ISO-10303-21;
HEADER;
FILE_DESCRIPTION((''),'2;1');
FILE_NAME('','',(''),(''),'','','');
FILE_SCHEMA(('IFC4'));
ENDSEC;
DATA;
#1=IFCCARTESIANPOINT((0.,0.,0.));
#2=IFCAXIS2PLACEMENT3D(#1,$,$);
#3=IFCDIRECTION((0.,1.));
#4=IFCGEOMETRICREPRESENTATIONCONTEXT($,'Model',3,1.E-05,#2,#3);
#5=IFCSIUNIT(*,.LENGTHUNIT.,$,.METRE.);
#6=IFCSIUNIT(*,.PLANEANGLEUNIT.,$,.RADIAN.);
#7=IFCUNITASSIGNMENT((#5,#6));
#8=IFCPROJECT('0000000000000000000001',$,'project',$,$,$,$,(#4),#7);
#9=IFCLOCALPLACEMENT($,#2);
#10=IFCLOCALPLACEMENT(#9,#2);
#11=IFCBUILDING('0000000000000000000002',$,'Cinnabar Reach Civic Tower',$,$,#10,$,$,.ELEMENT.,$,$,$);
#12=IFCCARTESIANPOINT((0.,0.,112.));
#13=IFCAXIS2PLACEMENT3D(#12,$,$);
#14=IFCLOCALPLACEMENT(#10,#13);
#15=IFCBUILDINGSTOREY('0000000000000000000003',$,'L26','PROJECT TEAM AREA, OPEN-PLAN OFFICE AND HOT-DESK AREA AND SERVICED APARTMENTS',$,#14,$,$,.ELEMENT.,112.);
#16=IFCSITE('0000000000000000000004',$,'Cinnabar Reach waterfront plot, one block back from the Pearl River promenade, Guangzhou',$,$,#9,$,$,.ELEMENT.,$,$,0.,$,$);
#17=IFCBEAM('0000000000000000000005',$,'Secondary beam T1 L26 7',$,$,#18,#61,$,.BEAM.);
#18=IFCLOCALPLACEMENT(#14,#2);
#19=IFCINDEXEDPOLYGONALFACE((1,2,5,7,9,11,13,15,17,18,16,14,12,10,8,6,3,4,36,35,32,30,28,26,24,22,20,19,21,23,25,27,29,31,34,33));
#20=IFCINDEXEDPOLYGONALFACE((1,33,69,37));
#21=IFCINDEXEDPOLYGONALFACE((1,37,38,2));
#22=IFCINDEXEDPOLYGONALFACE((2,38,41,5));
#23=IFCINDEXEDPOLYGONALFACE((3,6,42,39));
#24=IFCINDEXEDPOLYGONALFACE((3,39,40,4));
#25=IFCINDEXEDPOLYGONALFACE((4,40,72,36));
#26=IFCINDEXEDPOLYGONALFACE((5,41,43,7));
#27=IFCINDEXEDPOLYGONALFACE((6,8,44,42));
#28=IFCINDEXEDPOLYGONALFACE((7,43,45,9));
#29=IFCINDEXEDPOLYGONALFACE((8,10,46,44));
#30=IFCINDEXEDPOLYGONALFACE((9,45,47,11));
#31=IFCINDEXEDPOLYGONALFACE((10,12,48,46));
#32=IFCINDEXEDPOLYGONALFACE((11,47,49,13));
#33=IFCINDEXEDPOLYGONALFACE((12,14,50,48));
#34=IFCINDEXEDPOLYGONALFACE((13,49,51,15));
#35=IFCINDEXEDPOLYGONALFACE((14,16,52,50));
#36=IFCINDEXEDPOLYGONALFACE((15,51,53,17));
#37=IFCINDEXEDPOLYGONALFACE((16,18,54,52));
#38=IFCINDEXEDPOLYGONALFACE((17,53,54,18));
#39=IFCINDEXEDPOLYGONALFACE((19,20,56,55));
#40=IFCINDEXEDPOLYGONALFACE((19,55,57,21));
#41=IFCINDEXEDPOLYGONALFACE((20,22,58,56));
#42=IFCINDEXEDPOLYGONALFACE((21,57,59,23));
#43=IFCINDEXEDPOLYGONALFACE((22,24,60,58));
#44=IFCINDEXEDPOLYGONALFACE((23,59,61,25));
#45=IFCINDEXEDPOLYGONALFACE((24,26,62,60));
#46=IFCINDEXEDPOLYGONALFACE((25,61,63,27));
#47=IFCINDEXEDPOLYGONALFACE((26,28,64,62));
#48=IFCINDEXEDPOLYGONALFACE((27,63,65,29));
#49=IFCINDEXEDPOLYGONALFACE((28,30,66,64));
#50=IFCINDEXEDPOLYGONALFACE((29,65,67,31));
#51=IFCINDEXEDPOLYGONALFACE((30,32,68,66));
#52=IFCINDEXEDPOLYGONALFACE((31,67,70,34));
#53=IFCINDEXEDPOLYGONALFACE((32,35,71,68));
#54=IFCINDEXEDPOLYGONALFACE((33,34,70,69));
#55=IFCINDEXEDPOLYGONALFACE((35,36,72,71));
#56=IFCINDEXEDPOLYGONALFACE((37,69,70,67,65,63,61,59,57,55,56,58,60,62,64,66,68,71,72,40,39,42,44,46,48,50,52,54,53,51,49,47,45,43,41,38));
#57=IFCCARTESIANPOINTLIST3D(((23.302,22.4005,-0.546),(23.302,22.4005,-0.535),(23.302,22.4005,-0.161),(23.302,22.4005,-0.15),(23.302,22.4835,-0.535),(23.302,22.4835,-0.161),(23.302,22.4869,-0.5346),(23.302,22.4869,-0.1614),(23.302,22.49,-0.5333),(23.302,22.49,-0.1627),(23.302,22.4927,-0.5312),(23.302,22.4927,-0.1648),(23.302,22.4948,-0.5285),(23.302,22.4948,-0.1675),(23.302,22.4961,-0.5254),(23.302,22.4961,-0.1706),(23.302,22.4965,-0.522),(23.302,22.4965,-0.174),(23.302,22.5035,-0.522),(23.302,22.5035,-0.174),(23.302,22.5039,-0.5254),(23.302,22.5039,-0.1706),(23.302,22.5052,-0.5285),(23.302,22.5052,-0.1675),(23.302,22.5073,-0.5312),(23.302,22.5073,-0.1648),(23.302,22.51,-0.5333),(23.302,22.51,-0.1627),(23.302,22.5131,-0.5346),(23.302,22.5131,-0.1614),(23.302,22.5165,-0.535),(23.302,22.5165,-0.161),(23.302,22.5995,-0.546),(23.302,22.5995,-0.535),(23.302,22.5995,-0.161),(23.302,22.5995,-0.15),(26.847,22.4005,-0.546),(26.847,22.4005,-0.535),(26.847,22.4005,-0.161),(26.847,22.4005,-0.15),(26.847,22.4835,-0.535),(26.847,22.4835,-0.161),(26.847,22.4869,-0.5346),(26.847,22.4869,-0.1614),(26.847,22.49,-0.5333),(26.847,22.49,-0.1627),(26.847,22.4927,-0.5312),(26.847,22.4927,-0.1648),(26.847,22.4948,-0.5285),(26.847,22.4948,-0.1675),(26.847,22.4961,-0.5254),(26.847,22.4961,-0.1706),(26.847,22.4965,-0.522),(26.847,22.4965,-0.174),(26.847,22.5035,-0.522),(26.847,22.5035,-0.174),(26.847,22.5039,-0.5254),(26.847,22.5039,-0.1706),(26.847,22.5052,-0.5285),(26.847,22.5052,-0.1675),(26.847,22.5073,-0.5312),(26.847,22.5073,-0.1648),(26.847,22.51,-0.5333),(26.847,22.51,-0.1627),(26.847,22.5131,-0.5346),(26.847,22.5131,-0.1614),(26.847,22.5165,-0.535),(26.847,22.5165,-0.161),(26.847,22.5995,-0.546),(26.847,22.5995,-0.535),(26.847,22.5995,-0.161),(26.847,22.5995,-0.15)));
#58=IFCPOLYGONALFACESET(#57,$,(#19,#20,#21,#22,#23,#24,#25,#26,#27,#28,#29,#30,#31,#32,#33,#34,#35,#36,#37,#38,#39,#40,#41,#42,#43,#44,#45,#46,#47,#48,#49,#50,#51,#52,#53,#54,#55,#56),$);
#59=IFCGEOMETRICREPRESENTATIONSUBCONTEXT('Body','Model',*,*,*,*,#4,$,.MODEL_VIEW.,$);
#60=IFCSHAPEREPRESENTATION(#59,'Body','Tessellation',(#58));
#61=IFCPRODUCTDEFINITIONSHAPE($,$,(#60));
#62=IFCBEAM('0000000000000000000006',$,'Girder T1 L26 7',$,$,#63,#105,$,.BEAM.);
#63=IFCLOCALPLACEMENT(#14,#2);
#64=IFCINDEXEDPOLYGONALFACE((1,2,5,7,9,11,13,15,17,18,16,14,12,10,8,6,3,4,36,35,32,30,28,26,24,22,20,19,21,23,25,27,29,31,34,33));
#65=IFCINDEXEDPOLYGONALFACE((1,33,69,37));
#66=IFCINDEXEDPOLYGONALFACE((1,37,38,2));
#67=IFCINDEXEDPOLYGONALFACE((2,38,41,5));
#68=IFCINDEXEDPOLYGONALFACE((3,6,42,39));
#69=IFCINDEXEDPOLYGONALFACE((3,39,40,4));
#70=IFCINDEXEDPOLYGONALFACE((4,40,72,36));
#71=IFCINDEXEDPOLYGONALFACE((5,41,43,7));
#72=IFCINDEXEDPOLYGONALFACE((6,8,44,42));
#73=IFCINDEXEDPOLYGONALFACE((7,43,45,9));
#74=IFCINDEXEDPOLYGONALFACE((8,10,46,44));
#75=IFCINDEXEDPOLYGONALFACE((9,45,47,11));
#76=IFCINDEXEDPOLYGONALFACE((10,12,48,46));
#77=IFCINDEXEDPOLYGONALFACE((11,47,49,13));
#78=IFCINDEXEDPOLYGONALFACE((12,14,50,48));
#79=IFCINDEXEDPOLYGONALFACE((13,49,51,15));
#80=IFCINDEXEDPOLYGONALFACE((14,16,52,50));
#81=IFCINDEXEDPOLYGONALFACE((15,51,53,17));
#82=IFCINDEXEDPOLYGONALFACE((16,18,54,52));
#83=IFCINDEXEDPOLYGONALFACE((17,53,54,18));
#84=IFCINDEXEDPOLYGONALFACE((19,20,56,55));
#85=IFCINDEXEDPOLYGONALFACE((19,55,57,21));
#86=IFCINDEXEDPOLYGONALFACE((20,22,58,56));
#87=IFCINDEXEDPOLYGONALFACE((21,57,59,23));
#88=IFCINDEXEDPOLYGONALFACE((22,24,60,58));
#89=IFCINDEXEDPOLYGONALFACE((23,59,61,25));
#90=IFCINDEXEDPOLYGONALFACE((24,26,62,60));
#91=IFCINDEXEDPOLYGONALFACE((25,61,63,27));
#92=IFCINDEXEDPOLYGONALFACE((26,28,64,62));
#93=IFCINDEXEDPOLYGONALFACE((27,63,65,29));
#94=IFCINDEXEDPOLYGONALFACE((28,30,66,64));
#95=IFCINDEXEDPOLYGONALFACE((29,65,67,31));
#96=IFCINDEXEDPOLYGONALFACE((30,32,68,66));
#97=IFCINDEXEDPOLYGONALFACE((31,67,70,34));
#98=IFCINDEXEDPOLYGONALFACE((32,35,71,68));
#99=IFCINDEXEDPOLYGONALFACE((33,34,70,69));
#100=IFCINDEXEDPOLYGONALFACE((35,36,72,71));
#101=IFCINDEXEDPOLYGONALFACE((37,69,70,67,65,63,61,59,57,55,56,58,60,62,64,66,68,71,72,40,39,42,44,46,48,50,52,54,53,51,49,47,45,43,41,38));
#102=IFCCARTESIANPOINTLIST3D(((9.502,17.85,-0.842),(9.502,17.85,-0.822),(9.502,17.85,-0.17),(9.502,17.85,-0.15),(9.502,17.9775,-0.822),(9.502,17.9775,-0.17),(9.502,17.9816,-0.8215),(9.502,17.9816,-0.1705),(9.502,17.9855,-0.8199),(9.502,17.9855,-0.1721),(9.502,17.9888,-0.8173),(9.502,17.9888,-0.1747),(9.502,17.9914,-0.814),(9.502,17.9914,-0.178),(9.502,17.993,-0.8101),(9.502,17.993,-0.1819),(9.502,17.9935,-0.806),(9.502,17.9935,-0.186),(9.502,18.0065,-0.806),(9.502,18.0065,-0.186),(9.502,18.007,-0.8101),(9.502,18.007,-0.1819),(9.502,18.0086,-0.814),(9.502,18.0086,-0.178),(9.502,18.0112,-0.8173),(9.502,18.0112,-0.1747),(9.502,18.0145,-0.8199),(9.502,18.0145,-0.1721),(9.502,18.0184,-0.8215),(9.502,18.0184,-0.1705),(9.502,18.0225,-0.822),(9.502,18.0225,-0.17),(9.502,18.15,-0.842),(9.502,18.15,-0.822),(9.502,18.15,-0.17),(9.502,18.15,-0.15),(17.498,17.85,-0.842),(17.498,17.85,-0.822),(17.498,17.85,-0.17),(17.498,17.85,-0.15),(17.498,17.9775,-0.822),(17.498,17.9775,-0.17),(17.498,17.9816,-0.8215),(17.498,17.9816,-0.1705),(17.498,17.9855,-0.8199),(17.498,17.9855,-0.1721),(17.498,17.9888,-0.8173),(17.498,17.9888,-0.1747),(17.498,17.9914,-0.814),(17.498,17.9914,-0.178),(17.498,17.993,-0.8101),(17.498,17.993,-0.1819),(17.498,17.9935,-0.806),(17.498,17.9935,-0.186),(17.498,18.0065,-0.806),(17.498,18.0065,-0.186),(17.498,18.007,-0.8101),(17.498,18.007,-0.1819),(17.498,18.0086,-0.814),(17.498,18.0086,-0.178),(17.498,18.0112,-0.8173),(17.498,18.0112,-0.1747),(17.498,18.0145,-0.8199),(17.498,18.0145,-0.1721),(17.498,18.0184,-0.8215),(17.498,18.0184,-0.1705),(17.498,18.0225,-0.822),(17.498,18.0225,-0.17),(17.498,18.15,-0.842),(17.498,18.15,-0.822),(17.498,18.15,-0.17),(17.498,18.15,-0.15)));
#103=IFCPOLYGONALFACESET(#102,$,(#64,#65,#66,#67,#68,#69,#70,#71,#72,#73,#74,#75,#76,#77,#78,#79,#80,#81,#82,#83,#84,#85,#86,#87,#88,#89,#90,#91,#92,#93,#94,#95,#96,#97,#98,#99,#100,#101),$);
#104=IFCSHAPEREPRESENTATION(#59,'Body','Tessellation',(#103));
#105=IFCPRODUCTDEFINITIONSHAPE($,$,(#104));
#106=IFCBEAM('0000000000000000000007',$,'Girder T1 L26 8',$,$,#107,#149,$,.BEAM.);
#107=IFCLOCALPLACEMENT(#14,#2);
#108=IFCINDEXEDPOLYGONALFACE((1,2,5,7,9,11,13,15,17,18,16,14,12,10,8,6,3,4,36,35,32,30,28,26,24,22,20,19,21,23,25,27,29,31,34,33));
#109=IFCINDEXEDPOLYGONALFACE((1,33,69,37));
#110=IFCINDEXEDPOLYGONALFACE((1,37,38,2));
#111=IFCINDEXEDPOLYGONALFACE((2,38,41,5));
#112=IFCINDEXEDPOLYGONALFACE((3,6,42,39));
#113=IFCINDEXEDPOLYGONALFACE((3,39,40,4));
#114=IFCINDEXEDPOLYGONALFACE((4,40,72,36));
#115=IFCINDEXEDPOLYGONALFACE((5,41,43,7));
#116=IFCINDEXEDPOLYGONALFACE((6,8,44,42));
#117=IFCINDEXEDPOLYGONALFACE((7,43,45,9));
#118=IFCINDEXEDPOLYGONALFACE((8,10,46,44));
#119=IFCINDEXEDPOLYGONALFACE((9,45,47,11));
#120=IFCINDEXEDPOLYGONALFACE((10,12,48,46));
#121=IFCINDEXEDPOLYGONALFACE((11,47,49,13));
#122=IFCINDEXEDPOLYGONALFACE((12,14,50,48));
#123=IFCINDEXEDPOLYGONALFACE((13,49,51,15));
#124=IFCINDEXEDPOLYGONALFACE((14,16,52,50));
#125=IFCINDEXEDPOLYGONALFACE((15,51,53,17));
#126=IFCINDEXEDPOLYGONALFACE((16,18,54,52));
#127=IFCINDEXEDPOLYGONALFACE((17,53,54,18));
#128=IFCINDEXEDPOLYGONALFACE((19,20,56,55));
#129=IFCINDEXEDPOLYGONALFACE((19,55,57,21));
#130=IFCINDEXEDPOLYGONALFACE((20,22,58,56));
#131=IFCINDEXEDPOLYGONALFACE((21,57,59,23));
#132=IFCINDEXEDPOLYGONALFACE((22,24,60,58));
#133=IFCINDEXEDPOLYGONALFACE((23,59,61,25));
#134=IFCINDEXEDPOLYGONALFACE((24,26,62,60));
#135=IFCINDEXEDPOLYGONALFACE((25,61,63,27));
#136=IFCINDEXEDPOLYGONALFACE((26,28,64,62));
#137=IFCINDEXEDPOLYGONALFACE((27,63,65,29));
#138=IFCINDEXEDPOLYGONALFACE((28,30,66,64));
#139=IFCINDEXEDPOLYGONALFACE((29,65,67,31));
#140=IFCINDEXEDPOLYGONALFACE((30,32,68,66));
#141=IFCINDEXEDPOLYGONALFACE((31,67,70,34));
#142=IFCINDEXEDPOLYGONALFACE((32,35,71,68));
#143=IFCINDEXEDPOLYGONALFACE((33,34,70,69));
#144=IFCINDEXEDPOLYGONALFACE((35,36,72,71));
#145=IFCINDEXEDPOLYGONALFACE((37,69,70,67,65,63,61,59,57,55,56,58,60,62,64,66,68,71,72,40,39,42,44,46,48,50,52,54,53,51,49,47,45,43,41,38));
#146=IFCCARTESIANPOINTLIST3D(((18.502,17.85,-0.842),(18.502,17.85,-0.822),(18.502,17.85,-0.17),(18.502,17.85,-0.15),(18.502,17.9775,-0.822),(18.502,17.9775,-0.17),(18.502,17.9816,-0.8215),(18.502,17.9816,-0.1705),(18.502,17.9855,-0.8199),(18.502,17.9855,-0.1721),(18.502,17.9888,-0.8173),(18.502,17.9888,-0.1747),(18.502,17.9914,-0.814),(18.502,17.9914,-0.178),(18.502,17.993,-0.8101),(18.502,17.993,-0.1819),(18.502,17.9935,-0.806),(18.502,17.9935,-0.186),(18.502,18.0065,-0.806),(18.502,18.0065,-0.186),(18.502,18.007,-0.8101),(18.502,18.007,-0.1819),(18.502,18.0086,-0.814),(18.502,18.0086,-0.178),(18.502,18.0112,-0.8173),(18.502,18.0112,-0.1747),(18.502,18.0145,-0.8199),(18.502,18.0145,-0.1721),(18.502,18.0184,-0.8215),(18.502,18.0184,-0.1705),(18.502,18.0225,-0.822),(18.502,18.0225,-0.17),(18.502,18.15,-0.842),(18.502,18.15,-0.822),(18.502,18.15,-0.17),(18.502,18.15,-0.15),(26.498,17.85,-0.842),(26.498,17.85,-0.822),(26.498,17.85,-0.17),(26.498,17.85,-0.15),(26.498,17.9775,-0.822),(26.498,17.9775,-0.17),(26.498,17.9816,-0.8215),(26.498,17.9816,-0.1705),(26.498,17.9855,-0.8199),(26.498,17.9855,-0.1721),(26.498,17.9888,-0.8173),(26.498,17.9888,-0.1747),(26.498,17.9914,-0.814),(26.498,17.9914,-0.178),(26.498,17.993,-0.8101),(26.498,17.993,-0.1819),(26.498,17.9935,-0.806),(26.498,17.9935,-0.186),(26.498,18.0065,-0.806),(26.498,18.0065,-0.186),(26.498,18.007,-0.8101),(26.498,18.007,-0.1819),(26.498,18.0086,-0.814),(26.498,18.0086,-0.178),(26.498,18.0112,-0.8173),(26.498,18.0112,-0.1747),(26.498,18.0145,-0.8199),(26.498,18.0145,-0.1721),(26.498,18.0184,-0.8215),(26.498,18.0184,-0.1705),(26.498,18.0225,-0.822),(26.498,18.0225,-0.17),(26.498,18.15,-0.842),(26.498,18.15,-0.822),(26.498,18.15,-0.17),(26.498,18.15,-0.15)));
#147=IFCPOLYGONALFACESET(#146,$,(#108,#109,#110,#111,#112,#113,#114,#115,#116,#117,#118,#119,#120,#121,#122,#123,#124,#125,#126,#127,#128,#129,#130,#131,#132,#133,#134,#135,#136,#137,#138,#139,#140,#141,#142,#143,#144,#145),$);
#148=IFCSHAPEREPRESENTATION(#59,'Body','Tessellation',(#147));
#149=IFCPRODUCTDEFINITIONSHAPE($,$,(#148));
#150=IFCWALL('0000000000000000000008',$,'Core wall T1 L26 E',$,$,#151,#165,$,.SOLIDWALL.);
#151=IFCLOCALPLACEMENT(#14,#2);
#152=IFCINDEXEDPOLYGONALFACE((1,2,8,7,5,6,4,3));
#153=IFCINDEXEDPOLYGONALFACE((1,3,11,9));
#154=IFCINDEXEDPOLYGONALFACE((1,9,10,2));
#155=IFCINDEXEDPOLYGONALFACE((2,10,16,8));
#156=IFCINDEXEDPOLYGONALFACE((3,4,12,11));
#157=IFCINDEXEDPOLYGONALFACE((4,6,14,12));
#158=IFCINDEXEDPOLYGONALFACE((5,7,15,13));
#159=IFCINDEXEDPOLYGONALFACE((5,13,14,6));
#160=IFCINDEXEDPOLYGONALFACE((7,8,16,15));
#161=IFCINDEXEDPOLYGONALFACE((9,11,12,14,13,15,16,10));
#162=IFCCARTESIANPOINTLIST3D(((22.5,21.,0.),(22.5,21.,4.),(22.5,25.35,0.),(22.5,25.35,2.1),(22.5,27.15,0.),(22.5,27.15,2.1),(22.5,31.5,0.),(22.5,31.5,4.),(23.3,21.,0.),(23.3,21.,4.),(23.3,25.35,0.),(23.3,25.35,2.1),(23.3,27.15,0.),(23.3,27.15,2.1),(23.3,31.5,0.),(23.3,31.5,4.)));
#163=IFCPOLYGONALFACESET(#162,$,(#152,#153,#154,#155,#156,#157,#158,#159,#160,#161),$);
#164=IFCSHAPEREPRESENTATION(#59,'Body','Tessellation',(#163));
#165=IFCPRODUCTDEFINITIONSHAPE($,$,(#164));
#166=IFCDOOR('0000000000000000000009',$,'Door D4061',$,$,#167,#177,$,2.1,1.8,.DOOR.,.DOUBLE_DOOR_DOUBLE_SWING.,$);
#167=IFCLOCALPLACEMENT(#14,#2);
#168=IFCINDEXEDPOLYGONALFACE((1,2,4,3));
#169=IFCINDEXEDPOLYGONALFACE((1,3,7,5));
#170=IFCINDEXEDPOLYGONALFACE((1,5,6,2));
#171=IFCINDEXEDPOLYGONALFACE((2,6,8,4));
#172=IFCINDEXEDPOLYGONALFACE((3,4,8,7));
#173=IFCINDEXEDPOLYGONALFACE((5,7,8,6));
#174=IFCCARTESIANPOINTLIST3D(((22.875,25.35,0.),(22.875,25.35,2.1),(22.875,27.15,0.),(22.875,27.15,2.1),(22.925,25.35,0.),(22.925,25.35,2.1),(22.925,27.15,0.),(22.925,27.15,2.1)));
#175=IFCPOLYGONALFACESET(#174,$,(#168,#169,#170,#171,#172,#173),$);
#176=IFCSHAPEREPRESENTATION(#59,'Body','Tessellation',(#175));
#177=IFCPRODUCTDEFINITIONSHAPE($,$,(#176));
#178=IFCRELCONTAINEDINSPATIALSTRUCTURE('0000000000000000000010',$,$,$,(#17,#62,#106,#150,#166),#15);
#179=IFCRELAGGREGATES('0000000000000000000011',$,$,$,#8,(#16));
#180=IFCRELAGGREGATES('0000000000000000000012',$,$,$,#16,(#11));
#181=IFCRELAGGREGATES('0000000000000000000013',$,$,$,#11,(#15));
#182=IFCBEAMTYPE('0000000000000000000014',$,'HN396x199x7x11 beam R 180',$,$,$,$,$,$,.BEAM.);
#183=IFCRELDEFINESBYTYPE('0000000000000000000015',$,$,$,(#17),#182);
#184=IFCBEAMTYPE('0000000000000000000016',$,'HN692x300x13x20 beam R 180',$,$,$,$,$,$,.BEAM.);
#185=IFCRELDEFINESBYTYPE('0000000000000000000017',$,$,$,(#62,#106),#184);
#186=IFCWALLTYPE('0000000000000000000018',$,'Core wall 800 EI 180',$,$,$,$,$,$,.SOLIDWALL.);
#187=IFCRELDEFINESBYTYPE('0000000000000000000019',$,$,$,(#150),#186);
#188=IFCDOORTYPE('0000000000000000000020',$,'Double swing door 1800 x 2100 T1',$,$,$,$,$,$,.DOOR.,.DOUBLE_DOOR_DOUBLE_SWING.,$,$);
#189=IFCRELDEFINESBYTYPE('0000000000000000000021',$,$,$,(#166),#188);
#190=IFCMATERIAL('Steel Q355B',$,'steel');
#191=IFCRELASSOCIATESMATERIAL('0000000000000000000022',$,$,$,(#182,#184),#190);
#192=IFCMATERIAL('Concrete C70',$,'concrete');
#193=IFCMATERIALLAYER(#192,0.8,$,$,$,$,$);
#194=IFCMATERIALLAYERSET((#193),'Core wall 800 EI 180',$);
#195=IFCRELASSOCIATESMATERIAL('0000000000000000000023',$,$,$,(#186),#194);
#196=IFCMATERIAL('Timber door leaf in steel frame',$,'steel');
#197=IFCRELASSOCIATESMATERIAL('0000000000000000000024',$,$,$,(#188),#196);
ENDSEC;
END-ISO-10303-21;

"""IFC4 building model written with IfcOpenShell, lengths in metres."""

from ifc_helpers import new_model, si_unit, direction, frame, frame_2d, origin, origin_2d, place, context, subcontext, project, spatial, rectangle, i_section, extrude, material, layer, layer_set, material_profile, profile_set, type_object, element, fill, save


model = new_model("IFC4")

# Units and contexts
model_context = context("Model", 3, precision=1e-05, world=origin(), true_north=direction((0.0, 1.0)))
body_context = subcontext(model_context, "Body", "Model", "MODEL_VIEW")
ifc_project = project(units=[si_unit("LENGTHUNIT", "METRE"), si_unit("PLANEANGLEUNIT", "RADIAN")], contexts=[model_context])

# Site, building, storey
site_placement = place(None, origin())
site = spatial("IfcSite", under=ifc_project, at=site_placement, Name="Cinnabar Reach waterfront plot, one block back from the Pearl River promenade, Guangzhou", CompositionType="ELEMENT", RefElevation=0.0)
building_placement = place(site_placement, origin())
building = spatial("IfcBuilding", under=site, at=building_placement, Name="Cinnabar Reach Civic Tower", CompositionType="ELEMENT")
storey_placement = place(building_placement, frame((0.0, 0.0, 112.0)))
storey = spatial("IfcBuildingStorey", under=building, at=storey_placement, Name="L26", Description="PROJECT TEAM AREA, OPEN-PLAN OFFICE AND HOT-DESK AREA AND SERVICED APARTMENTS", CompositionType="ELEMENT", Elevation=112.0)

# Shared definitions
ifc_material_1 = material(Name="Concrete C70", Category="concrete")

# Beams
ifc_material_2 = material(Name="Steel Q355B", Category="steel")
ifc_material_profile_1 = material_profile(ifc_material_2, i_section(OverallWidth=0.199, OverallDepth=0.396, WebThickness=0.007, FlangeThickness=0.011, FilletRadius=0.013, at=origin_2d()), Name="HN396x199x7x11")
ifc_profile_set_1 = profile_set([ifc_material_profile_1], Name="Steel Q355B")
beam_type_1 = type_object("IfcBeamType", Name="HN396x199x7x11 beam R 180", PredefinedType="BEAM", material=ifc_profile_set_1)
beam_1_placement = place(storey_placement, frame((23.302, 22.5, -0.348), z_axis=(1.0, 0.0, 0.0), x_axis=(0.0, 1.0, 0.0)))
element("IfcBeam", 1, at=beam_1_placement, inside=storey, type_object=beam_type_1, Name="Secondary beam T1 L26 7", PredefinedType="BEAM", context=body_context, shape_type="SweptSolid", body=[
    extrude(i_section(OverallWidth=0.199, OverallDepth=0.396, WebThickness=0.007, FlangeThickness=0.011, FilletRadius=0.013, at=origin_2d()), origin(), (0.0, 0.0, 1.0), 3.545),
])
ifc_material_profile_2 = material_profile(ifc_material_2, i_section(OverallWidth=0.3, OverallDepth=0.692, WebThickness=0.013, FlangeThickness=0.02, FilletRadius=0.016, at=origin_2d()), Name="HN692x300x13x20")
ifc_profile_set_2 = profile_set([ifc_material_profile_2], Name="Steel Q355B")
beam_type_2 = type_object("IfcBeamType", Name="HN692x300x13x20 beam R 180", PredefinedType="BEAM", material=ifc_profile_set_2)
for number, where, z_axis, x_axis, name in (
    (2, (9.502, 18.0, -0.496), (1.0, 0.0, 0.0), (0.0, 1.0, 0.0), "Girder T1 L26 7"),
    (3, (18.502, 18.0, -0.496), (1.0, 0.0, 0.0), (0.0, 1.0, 0.0), "Girder T1 L26 8"),
):
    element("IfcBeam", number, at=place(storey_placement, frame(where, z_axis=z_axis, x_axis=x_axis)), inside=storey, type_object=beam_type_2, Name=name, PredefinedType="BEAM", context=body_context, shape_type="SweptSolid", body=[
        extrude(i_section(OverallWidth=0.3, OverallDepth=0.692, WebThickness=0.013, FlangeThickness=0.02, FilletRadius=0.016, at=origin_2d()), origin(), (0.0, 0.0, 1.0), 7.996),
    ])

# Wall, opening, door
ifc_layer_1 = layer(ifc_material_1, 0.8)
ifc_layer_set_1 = layer_set([ifc_layer_1], Name="Core wall 800 EI 180")
wall_type_1 = type_object("IfcWallType", Name="Core wall 800 EI 180", PredefinedType="SOLIDWALL", material=ifc_layer_set_1)
wall_1_placement = place(storey_placement, frame((22.9, 21.0, 0.0), z_axis=(0.0, 0.0, 1.0), x_axis=(0.0, 1.0, 0.0)))
wall_1 = element("IfcWall", 4, at=wall_1_placement, inside=storey, type_object=wall_type_1, Name="Core wall T1 L26 E", PredefinedType="SOLIDWALL", context=body_context, shape_type="SweptSolid", body=[
    extrude(rectangle(XDim=10.5, YDim=0.8, at=frame_2d((5.25, 0.0))), origin(), (0.0, 0.0, 1.0), 4.0),
])
opening_1_placement = place(wall_1_placement, frame((4.35, 0.0, 0.0)))
opening_1 = element("IfcOpeningElement", 5, at=opening_1_placement, cuts=wall_1, PredefinedType="OPENING", context=body_context, shape_type="SweptSolid", body=[
    extrude(rectangle(XDim=1.8, YDim=2.1, at=frame_2d((0.9, 1.05))), frame((0.0, 0.41, 0.0), z_axis=(0.0, -1.0, 0.0), x_axis=(1.0, 0.0, 0.0)), (0.0, 0.0, 1.0), 0.82),
])
ifc_material_3 = material(Name="Timber door leaf in steel frame", Category="steel")
door_type_1 = type_object("IfcDoorType", Name="Double swing door 1800 x 2100 T1", OperationType="DOUBLE_DOOR_DOUBLE_SWING", PredefinedType="DOOR", material=ifc_material_3)
door_1_placement = place(opening_1_placement, origin())
door_1 = element("IfcDoor", 6, at=door_1_placement, inside=storey, type_object=door_type_1, Name="Door D4061", OperationType="DOUBLE_DOOR_DOUBLE_SWING", OverallHeight=2.1, OverallWidth=1.8, PredefinedType="DOOR", context=body_context, shape_type="SweptSolid", body=[
    extrude(rectangle(XDim=1.8, YDim=2.1, at=frame_2d((0.9, 1.05))), frame((0.0, 0.025, 0.0), z_axis=(0.0, -1.0, 0.0), x_axis=(1.0, 0.0, 0.0)), (0.0, 0.0, 1.0), 0.05),
])
fill(opening_1, door_1)

save(model, "model.ifc")
